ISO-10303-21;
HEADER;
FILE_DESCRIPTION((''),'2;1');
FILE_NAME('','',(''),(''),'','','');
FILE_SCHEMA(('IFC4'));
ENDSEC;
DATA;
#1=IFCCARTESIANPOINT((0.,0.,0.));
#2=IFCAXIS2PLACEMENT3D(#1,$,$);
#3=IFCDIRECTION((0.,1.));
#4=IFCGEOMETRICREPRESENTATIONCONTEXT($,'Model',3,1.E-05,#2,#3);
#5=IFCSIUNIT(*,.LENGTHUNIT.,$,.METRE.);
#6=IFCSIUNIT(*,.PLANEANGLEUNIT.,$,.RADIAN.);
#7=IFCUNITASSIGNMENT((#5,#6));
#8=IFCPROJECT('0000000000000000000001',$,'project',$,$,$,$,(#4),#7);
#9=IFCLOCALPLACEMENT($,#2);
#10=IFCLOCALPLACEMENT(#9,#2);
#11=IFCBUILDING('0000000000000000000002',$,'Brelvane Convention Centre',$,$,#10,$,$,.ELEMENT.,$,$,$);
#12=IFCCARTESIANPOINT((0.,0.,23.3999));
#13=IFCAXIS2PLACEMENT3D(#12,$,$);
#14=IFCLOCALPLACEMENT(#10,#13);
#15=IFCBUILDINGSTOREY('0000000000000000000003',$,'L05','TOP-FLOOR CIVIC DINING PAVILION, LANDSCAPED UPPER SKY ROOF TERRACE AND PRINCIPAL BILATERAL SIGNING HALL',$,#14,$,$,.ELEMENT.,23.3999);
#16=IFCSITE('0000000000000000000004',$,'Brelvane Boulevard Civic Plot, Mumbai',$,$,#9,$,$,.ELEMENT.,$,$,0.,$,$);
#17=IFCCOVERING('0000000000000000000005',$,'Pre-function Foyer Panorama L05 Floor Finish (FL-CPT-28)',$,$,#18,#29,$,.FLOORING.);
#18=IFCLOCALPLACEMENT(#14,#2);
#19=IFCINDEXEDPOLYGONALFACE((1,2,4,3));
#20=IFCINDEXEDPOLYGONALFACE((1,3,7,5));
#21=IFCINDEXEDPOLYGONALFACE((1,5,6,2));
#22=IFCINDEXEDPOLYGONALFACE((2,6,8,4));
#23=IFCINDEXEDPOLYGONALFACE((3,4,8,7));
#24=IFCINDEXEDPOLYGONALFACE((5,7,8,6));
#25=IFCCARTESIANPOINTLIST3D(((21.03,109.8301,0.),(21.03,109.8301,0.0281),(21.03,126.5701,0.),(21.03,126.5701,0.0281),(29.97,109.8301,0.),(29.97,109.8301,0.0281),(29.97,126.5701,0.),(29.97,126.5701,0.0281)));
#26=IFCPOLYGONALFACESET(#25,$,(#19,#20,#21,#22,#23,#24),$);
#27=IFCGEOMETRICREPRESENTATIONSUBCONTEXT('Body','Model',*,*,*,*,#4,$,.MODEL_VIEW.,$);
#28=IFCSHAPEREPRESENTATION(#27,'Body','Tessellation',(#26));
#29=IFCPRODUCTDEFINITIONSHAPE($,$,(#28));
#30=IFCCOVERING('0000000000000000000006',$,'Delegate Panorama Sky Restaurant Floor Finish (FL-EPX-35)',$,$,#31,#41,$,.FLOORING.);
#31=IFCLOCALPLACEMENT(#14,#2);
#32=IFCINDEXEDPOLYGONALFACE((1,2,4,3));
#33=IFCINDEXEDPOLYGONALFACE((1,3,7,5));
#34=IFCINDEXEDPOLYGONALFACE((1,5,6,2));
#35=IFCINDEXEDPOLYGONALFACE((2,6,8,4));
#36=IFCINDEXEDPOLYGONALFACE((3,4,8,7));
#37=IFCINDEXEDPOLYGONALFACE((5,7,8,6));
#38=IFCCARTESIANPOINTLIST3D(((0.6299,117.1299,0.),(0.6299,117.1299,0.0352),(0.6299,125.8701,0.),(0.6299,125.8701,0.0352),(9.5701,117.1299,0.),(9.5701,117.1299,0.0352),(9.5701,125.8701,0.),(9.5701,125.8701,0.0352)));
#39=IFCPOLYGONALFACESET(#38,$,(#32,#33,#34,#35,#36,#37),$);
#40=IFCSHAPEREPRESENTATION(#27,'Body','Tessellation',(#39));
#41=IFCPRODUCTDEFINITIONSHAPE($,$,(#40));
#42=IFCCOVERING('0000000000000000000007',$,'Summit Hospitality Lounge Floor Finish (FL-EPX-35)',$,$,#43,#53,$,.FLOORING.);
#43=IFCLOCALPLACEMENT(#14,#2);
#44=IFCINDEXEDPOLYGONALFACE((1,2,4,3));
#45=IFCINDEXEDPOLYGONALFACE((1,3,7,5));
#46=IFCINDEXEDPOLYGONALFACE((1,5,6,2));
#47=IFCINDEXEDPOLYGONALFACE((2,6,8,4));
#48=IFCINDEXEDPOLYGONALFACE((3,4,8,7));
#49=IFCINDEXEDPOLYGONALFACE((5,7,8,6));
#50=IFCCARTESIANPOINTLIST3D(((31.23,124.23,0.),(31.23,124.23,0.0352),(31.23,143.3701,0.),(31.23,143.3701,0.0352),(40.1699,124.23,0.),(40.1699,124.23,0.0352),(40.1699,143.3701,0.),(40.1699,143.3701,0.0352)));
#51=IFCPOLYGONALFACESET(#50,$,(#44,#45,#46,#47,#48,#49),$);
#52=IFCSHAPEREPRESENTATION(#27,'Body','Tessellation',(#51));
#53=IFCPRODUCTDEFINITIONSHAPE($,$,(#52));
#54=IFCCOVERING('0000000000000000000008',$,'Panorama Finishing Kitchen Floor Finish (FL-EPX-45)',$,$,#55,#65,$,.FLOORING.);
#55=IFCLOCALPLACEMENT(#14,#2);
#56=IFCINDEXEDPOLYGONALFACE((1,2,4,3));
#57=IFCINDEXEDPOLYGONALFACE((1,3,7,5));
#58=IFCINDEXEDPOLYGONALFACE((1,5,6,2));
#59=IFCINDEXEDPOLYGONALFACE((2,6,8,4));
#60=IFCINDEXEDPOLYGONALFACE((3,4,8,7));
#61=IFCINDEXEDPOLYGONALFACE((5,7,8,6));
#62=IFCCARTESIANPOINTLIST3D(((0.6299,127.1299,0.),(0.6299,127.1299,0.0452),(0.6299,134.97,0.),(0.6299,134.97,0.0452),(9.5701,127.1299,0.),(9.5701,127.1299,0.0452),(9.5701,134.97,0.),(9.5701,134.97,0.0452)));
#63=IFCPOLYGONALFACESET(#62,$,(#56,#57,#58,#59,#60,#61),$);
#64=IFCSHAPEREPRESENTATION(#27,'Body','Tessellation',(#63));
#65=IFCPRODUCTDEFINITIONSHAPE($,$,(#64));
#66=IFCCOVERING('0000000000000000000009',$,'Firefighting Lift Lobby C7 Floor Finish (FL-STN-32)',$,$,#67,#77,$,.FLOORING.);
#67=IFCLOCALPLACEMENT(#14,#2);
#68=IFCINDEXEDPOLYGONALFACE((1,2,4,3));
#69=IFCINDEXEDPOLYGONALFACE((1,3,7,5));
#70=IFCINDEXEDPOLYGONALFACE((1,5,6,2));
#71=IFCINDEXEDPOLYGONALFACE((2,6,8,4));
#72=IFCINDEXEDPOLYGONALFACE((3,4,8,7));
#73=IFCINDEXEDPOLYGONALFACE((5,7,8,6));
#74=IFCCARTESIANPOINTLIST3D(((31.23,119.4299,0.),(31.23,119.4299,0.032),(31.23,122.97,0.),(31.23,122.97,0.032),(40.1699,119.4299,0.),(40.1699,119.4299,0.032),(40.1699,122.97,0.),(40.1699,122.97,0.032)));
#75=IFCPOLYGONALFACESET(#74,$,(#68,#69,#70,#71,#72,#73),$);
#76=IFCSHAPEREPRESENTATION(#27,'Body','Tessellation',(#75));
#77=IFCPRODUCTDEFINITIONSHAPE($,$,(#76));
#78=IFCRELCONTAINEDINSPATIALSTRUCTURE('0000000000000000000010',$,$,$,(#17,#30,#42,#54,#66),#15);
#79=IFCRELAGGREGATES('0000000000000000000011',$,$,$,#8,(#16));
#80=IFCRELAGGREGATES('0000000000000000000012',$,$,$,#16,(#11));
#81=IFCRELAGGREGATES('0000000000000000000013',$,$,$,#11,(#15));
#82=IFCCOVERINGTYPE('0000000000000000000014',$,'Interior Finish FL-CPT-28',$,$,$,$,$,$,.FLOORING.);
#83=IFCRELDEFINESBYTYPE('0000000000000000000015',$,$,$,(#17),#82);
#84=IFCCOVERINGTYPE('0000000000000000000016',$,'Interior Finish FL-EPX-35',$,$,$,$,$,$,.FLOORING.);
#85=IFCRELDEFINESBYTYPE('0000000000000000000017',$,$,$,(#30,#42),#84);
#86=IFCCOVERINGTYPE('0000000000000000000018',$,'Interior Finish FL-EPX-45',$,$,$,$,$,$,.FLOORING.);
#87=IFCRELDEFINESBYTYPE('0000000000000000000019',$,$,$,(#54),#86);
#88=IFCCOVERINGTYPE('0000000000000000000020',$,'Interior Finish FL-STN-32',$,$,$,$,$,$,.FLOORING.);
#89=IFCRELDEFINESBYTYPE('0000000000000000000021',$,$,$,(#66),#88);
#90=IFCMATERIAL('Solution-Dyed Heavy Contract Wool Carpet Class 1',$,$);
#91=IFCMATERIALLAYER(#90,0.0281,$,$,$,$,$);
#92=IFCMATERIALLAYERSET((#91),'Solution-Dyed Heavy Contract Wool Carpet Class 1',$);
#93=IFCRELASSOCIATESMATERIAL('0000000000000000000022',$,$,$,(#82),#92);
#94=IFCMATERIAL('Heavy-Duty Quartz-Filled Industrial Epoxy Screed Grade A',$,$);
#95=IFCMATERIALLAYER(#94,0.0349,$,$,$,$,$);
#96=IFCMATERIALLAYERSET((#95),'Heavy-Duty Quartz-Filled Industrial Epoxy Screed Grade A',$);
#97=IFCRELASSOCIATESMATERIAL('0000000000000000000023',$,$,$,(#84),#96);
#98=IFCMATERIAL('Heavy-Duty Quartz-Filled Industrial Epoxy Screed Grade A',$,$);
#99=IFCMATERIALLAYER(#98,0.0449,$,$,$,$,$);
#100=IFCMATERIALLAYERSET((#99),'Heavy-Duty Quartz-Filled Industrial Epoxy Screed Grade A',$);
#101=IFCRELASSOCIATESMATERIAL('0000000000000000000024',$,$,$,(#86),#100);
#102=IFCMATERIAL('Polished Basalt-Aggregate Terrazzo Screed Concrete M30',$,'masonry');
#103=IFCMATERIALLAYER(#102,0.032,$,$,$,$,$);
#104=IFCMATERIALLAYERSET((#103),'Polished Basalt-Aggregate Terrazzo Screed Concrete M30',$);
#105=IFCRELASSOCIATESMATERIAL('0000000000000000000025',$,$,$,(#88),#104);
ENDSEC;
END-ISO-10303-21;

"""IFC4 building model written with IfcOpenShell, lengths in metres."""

from ifc_helpers import new_model, si_unit, direction, frame, origin, place, context, subcontext, project, spatial, polyline, outline, extrude, material, layer, layer_set, type_object, element, save


model = new_model("IFC4")

# Units and contexts
model_context = context("Model", 3, precision=1e-05, world=origin(), true_north=direction((0.0, 1.0)))
body_context = subcontext(model_context, "Body", "Model", "MODEL_VIEW")
ifc_project = project(units=[si_unit("LENGTHUNIT", "METRE"), si_unit("PLANEANGLEUNIT", "RADIAN")], contexts=[model_context])

# Site, building, storey
site_placement = place(None, origin())
site = spatial("IfcSite", under=ifc_project, at=site_placement, Name="Brelvane Boulevard Civic Plot, Mumbai", CompositionType="ELEMENT", RefElevation=0.0)
building_placement = place(site_placement, origin())
building = spatial("IfcBuilding", under=site, at=building_placement, Name="Brelvane Convention Centre", CompositionType="ELEMENT")
storey_placement = place(building_placement, frame((0.0, 0.0, 23.3999)))
storey = spatial("IfcBuildingStorey", under=building, at=storey_placement, Name="L05", Description="TOP-FLOOR CIVIC DINING PAVILION, LANDSCAPED UPPER SKY ROOF TERRACE AND PRINCIPAL BILATERAL SIGNING HALL", CompositionType="ELEMENT", Elevation=23.3999)

# Coverings
ifc_material_1 = material(Name="Solution-Dyed Heavy Contract Wool Carpet Class 1")
ifc_layer_1 = layer(ifc_material_1, 0.0281)
ifc_layer_set_1 = layer_set([ifc_layer_1], Name="Solution-Dyed Heavy Contract Wool Carpet Class 1")
covering_type_1 = type_object("IfcCoveringType", Name="Interior Finish FL-CPT-28", PredefinedType="FLOORING", material=ifc_layer_set_1)
covering_1_placement = place(storey_placement, origin())
element("IfcCovering", 1, at=covering_1_placement, inside=storey, type_object=covering_type_1, Name="Pre-function Foyer Panorama L05 Floor Finish (FL-CPT-28)", PredefinedType="FLOORING", context=body_context, shape_type="SweptSolid", body=[
    extrude(outline(polyline([(21.03, 109.8301), (29.97, 109.8301), (29.97, 126.5701), (21.03, 126.5701), (21.03, 109.8301)])), origin(), (0.0, 0.0, 1.0), 0.0281),
])
ifc_material_2 = material(Name="Heavy-Duty Quartz-Filled Industrial Epoxy Screed Grade A")
ifc_layer_2 = layer(ifc_material_2, 0.0349)
ifc_layer_set_2 = layer_set([ifc_layer_2], Name="Heavy-Duty Quartz-Filled Industrial Epoxy Screed Grade A")
covering_type_2 = type_object("IfcCoveringType", Name="Interior Finish FL-EPX-35", PredefinedType="FLOORING", material=ifc_layer_set_2)
covering_2_placement = place(storey_placement, origin())
element("IfcCovering", 2, at=covering_2_placement, inside=storey, type_object=covering_type_2, Name="Delegate Panorama Sky Restaurant Floor Finish (FL-EPX-35)", PredefinedType="FLOORING", context=body_context, shape_type="SweptSolid", body=[
    extrude(outline(polyline([(0.6299, 117.1299), (9.5701, 117.1299), (9.5701, 125.8701), (0.6299, 125.8701), (0.6299, 117.1299)])), origin(), (0.0, 0.0, 1.0), 0.0352),
])
covering_3_placement = place(storey_placement, origin())
element("IfcCovering", 3, at=covering_3_placement, inside=storey, type_object=covering_type_2, Name="Summit Hospitality Lounge Floor Finish (FL-EPX-35)", PredefinedType="FLOORING", context=body_context, shape_type="SweptSolid", body=[
    extrude(outline(polyline([(31.23, 124.23), (40.1699, 124.23), (40.1699, 143.3701), (31.23, 143.3701), (31.23, 124.23)])), origin(), (0.0, 0.0, 1.0), 0.0352),
])
ifc_material_3 = material(Name="Heavy-Duty Quartz-Filled Industrial Epoxy Screed Grade A")
ifc_layer_3 = layer(ifc_material_3, 0.0449)
ifc_layer_set_3 = layer_set([ifc_layer_3], Name="Heavy-Duty Quartz-Filled Industrial Epoxy Screed Grade A")
covering_type_3 = type_object("IfcCoveringType", Name="Interior Finish FL-EPX-45", PredefinedType="FLOORING", material=ifc_layer_set_3)
covering_4_placement = place(storey_placement, origin())
element("IfcCovering", 4, at=covering_4_placement, inside=storey, type_object=covering_type_3, Name="Panorama Finishing Kitchen Floor Finish (FL-EPX-45)", PredefinedType="FLOORING", context=body_context, shape_type="SweptSolid", body=[
    extrude(outline(polyline([(0.6299, 127.1299), (9.5701, 127.1299), (9.5701, 134.97), (0.6299, 134.97), (0.6299, 127.1299)])), origin(), (0.0, 0.0, 1.0), 0.0452),
])
ifc_material_4 = material(Name="Polished Basalt-Aggregate Terrazzo Screed Concrete M30", Category="masonry")
ifc_layer_4 = layer(ifc_material_4, 0.032)
ifc_layer_set_4 = layer_set([ifc_layer_4], Name="Polished Basalt-Aggregate Terrazzo Screed Concrete M30")
covering_type_4 = type_object("IfcCoveringType", Name="Interior Finish FL-STN-32", PredefinedType="FLOORING", material=ifc_layer_set_4)
covering_5_placement = place(storey_placement, origin())
element("IfcCovering", 5, at=covering_5_placement, inside=storey, type_object=covering_type_4, Name="Firefighting Lift Lobby C7 Floor Finish (FL-STN-32)", PredefinedType="FLOORING", context=body_context, shape_type="SweptSolid", body=[
    extrude(outline(polyline([(31.23, 119.4299), (40.1699, 119.4299), (40.1699, 122.97), (31.23, 122.97), (31.23, 119.4299)])), origin(), (0.0, 0.0, 1.0), 0.032),
])

save(model, "model.ifc")
